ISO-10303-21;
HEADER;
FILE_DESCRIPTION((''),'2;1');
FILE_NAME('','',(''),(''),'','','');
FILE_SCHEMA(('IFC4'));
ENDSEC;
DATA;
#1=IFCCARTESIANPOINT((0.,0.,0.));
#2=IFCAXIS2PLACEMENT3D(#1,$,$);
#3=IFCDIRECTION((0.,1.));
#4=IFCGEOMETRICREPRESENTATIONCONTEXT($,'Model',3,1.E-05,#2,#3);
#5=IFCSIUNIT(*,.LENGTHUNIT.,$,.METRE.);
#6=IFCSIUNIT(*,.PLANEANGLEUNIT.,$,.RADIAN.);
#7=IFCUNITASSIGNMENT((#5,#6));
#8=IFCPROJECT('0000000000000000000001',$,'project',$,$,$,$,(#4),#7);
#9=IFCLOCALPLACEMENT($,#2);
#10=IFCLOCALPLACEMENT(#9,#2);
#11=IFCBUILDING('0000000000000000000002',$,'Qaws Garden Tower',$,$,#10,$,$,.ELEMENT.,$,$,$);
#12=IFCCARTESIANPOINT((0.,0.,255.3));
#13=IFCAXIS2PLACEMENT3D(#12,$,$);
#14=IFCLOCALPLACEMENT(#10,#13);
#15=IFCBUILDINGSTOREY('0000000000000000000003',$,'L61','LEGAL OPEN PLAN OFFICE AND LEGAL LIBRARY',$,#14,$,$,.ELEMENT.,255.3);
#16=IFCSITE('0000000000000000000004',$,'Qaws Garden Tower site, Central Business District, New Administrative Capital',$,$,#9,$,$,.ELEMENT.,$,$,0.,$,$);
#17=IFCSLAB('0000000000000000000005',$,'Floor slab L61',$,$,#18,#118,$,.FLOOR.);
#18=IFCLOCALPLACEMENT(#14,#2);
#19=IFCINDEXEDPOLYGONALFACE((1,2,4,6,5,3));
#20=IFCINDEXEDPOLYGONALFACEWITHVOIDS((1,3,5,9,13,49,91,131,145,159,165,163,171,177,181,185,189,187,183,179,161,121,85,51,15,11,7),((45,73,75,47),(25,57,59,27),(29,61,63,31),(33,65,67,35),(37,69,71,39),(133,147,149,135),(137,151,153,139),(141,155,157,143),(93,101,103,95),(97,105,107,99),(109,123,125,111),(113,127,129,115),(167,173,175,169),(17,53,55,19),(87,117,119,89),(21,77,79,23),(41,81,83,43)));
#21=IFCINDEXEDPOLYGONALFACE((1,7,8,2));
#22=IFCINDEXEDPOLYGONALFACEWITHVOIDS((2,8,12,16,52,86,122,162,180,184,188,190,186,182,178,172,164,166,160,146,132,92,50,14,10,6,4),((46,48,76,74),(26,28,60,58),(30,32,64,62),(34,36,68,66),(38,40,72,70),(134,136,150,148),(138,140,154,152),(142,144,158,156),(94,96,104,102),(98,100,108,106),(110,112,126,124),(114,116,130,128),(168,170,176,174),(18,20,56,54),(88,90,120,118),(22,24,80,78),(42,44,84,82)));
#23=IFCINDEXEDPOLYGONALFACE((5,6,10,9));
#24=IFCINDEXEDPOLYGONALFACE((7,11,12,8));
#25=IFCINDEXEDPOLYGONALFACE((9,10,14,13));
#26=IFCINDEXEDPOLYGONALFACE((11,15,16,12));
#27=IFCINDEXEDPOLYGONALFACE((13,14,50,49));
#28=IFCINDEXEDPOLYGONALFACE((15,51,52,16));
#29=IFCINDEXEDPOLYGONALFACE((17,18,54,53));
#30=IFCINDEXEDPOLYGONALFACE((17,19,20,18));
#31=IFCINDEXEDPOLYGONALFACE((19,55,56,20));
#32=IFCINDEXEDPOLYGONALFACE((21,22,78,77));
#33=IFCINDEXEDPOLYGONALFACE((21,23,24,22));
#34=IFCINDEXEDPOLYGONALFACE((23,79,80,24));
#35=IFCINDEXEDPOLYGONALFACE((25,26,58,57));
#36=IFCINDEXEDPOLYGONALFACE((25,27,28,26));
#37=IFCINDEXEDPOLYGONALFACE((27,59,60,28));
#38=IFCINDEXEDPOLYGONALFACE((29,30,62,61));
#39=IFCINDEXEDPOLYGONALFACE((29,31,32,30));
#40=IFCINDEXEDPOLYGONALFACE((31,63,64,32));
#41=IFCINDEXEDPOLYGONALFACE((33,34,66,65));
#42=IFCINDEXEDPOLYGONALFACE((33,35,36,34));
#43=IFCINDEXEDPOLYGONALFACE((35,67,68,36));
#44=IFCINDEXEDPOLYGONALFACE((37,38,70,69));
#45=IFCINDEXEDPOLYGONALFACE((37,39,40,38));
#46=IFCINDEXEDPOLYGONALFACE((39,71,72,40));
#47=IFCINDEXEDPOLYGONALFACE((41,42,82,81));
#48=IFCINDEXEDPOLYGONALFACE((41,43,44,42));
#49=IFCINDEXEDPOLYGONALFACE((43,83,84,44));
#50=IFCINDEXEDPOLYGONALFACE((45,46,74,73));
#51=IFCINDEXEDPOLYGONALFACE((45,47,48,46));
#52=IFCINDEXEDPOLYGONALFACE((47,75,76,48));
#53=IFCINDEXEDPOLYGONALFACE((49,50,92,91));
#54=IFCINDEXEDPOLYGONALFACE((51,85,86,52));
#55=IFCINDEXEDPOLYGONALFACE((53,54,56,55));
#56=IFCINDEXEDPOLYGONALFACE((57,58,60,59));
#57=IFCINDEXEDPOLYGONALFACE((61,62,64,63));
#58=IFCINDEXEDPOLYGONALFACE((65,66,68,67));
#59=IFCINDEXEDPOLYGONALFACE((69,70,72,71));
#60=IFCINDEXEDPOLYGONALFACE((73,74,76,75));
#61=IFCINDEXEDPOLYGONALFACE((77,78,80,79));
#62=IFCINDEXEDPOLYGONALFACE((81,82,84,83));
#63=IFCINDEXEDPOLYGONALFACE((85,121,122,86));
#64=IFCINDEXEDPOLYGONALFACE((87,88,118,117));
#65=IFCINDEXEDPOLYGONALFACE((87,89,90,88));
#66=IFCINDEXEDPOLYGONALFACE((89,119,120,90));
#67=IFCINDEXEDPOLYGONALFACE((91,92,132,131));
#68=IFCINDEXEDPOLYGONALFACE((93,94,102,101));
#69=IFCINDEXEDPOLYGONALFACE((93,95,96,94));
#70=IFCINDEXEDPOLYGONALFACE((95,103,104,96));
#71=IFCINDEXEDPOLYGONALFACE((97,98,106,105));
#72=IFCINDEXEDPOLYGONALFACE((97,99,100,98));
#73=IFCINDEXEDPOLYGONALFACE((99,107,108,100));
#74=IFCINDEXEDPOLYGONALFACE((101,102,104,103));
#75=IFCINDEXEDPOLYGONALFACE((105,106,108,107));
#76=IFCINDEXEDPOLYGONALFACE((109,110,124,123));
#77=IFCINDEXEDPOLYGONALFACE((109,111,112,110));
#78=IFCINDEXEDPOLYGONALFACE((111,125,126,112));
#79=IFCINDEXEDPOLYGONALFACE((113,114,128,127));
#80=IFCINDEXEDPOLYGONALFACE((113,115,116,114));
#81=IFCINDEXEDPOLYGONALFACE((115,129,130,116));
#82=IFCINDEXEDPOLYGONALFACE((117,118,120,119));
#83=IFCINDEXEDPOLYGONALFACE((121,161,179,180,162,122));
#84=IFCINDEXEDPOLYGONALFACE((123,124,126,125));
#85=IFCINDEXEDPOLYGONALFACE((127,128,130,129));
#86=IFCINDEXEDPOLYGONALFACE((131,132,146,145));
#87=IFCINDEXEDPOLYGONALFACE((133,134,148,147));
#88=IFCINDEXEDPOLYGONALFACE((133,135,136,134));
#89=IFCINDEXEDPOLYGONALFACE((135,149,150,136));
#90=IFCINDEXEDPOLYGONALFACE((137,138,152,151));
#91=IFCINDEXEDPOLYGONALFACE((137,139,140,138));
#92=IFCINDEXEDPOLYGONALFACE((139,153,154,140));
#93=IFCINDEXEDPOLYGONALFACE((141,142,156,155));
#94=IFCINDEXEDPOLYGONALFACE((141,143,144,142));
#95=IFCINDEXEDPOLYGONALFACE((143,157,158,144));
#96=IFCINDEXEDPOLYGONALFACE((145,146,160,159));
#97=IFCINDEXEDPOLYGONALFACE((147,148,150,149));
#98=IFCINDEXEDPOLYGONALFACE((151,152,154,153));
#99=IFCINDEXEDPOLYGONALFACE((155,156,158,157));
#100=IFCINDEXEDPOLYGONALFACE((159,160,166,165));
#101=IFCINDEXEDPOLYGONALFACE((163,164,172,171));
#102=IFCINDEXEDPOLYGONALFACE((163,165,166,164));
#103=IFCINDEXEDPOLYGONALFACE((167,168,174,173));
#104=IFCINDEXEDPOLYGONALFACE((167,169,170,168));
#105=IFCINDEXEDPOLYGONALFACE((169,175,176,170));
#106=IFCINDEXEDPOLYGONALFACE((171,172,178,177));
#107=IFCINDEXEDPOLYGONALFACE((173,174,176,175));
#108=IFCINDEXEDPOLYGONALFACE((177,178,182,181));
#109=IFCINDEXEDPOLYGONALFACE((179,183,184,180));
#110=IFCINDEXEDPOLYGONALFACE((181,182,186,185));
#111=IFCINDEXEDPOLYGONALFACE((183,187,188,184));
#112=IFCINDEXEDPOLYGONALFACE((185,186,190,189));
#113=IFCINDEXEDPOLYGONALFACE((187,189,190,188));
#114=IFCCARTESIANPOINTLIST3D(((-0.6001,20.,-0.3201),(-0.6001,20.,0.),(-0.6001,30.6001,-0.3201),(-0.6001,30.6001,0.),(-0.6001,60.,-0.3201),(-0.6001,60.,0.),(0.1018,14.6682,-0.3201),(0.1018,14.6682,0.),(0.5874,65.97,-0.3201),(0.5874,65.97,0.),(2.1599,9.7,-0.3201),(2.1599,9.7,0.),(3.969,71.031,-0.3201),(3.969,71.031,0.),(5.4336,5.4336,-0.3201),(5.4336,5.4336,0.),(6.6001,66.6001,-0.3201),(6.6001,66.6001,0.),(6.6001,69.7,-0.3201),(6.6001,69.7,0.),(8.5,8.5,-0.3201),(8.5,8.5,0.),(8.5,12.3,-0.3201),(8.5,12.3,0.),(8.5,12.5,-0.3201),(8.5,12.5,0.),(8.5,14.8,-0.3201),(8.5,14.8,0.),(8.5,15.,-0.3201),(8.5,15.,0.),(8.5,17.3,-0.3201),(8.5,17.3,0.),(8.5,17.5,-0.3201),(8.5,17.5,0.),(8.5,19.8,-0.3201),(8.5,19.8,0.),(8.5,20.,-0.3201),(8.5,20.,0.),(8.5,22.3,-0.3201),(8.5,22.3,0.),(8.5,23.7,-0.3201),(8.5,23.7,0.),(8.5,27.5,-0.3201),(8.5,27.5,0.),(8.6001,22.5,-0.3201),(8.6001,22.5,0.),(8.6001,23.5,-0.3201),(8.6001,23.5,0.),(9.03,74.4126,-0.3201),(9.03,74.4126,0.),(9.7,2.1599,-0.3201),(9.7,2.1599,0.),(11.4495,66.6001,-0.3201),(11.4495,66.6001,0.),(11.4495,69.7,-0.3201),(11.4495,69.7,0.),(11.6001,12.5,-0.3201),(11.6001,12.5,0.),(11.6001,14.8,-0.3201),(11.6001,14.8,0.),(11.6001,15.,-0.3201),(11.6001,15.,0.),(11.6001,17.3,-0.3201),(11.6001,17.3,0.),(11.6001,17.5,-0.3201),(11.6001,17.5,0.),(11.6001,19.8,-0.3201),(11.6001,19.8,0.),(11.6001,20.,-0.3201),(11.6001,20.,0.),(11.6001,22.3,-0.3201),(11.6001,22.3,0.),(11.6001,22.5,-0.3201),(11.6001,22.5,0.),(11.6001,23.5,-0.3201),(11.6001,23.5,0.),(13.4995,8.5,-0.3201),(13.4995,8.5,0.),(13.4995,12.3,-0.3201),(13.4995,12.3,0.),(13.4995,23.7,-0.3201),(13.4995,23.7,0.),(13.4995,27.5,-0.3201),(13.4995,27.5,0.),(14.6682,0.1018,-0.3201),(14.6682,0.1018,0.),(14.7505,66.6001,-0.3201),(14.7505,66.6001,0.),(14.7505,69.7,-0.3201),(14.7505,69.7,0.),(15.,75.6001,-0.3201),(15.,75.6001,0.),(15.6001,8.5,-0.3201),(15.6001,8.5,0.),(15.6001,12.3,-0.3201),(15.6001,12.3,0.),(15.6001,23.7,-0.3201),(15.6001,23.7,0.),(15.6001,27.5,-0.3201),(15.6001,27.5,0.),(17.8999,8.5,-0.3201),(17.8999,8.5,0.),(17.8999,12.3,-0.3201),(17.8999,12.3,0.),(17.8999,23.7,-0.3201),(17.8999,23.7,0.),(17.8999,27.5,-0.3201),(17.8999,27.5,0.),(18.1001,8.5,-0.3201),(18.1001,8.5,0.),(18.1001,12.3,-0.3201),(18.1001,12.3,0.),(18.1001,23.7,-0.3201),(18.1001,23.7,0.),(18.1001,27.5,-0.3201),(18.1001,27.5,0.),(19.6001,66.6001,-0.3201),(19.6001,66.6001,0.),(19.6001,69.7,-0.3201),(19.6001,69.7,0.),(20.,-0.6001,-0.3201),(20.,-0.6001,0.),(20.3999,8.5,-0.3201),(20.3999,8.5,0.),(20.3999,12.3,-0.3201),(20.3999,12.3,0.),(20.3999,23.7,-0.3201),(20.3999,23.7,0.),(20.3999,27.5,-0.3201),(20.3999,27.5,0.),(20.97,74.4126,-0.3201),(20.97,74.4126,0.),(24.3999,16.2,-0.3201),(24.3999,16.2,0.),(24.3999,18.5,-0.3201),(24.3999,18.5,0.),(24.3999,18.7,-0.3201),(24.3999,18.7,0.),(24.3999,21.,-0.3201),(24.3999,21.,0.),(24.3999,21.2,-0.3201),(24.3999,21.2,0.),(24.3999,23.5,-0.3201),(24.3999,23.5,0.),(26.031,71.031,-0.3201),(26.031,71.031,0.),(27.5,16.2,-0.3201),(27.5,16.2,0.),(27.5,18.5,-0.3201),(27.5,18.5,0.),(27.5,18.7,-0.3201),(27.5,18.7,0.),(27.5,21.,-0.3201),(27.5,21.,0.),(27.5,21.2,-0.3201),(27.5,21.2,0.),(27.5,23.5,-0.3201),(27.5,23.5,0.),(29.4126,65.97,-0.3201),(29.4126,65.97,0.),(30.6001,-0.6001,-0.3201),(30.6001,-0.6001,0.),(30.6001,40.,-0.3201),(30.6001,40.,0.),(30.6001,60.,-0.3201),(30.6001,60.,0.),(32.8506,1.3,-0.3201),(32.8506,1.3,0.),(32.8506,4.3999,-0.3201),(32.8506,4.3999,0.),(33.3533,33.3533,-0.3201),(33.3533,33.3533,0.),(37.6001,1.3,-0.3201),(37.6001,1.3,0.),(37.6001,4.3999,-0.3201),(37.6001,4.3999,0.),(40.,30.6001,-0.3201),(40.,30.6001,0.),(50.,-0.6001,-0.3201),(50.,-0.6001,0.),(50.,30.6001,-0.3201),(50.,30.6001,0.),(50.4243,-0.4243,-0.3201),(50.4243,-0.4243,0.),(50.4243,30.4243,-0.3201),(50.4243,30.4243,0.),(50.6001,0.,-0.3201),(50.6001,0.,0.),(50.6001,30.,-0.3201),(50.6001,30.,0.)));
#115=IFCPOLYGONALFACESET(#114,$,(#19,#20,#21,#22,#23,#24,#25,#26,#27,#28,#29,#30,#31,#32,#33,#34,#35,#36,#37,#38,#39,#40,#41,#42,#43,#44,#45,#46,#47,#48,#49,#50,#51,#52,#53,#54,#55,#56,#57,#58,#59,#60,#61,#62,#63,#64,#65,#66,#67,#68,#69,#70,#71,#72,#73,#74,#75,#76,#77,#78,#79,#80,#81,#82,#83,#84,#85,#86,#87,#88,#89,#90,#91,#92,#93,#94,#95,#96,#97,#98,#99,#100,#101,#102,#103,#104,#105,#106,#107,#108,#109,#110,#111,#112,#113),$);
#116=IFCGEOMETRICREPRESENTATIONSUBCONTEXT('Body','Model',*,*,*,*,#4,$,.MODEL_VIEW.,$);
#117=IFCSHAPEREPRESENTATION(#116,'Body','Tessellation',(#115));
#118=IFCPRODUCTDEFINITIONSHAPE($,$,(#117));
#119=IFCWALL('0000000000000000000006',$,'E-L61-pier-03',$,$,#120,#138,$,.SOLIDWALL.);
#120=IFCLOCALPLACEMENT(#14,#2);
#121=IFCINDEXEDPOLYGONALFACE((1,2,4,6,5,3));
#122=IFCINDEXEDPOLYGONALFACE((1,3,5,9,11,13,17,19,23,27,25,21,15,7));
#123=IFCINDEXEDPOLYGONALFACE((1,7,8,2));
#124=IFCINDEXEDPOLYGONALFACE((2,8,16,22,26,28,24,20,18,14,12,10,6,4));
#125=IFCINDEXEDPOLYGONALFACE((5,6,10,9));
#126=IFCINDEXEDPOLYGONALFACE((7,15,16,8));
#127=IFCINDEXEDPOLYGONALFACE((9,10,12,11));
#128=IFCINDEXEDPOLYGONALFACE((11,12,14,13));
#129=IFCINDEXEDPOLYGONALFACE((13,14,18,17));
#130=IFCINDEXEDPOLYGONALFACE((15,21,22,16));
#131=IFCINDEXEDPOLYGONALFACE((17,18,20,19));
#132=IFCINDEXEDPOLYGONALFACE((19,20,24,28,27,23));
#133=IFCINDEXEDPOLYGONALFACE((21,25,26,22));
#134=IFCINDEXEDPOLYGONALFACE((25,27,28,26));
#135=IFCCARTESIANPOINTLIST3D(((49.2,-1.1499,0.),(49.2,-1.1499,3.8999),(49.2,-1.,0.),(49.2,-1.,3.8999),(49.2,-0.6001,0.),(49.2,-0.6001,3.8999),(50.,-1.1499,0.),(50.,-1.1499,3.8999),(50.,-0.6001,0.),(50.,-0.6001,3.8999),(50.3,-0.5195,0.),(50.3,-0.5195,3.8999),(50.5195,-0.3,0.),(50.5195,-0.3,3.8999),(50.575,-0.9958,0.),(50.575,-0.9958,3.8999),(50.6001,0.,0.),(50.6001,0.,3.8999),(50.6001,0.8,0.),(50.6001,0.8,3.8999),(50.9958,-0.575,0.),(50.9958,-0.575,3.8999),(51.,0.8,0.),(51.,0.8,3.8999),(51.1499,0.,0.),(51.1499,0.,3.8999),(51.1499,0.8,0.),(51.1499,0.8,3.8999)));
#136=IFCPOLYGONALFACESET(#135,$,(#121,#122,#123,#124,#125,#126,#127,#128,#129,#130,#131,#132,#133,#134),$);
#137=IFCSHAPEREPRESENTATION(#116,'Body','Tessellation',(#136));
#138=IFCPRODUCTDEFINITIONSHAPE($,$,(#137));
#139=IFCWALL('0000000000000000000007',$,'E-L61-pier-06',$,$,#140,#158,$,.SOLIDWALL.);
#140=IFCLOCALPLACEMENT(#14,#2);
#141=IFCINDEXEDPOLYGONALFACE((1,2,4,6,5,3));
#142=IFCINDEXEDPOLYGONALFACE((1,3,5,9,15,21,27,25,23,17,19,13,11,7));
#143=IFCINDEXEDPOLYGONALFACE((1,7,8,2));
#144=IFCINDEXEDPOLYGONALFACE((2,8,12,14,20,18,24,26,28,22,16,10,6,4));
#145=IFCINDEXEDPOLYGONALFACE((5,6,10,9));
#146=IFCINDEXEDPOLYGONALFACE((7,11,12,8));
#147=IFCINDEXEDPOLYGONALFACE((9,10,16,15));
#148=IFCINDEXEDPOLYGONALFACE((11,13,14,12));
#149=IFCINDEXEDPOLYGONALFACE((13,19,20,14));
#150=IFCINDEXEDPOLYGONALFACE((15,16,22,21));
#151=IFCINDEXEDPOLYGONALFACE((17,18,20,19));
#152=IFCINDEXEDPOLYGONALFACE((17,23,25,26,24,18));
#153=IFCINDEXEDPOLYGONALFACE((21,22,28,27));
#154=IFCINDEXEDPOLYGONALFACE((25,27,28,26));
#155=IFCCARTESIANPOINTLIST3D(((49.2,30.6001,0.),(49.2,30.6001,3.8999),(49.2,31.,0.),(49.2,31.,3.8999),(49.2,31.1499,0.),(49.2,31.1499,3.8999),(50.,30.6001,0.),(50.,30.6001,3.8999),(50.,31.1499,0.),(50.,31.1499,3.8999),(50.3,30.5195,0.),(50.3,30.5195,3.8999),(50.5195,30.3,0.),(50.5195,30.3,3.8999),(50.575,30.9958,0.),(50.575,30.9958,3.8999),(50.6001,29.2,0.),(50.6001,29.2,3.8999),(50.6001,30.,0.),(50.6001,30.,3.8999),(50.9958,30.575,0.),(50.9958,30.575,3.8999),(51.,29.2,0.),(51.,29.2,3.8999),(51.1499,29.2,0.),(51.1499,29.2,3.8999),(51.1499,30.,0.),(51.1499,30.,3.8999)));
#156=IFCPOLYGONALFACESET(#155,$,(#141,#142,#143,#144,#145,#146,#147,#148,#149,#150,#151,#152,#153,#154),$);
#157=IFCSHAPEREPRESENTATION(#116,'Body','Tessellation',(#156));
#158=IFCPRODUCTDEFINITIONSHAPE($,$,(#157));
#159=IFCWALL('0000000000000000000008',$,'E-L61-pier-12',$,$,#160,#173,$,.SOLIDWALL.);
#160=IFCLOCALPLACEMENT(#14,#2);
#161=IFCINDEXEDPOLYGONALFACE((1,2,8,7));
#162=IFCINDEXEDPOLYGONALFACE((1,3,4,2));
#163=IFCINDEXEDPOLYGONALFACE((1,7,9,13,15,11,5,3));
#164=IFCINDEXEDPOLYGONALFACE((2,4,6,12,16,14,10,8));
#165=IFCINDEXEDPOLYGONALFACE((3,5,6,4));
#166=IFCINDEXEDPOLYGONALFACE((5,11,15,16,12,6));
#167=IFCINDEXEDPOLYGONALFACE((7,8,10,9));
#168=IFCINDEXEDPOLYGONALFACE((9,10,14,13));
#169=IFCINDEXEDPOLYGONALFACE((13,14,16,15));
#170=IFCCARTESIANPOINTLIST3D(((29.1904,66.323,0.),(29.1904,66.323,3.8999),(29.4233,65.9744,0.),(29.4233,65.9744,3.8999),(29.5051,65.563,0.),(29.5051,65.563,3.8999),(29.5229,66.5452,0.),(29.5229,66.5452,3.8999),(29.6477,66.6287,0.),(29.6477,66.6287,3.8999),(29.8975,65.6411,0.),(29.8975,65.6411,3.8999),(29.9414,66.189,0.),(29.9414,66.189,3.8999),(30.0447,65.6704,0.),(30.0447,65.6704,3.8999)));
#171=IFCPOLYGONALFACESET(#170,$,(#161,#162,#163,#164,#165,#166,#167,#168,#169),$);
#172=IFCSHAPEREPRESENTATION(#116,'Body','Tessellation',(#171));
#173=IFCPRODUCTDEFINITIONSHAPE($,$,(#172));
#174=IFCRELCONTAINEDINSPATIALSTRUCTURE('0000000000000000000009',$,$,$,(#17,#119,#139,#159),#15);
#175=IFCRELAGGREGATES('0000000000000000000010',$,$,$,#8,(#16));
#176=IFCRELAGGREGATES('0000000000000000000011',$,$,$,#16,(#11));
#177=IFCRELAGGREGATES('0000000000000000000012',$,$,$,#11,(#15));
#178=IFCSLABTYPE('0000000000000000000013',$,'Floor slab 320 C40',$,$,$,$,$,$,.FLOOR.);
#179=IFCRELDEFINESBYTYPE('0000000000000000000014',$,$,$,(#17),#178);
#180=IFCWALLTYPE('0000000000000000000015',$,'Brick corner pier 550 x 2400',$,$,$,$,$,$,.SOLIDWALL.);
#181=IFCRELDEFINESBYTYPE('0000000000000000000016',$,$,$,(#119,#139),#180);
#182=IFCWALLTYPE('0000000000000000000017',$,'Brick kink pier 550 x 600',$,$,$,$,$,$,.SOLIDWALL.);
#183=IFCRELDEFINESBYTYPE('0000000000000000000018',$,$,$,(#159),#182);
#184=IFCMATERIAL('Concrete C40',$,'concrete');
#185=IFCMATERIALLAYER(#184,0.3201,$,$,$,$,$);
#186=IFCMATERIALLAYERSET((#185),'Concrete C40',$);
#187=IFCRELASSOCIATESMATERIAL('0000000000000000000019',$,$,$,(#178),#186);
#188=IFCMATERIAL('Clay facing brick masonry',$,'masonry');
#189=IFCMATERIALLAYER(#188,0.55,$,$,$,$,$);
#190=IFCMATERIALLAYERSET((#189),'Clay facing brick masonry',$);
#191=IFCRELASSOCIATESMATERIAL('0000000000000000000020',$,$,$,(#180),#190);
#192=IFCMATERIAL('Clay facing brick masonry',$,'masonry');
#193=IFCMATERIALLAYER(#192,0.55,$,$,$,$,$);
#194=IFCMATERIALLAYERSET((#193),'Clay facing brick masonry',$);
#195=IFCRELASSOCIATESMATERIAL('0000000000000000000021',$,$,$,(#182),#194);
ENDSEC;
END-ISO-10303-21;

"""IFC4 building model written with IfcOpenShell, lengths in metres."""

from ifc_helpers import new_model, si_unit, direction, frame, origin, place, context, subcontext, project, spatial, polyline, outline, extrude, material, layer, layer_set, type_object, element, save


model = new_model("IFC4")

# Units and contexts
model_context = context("Model", 3, precision=1e-05, world=origin(), true_north=direction((0.0, 1.0)))
body_context = subcontext(model_context, "Body", "Model", "MODEL_VIEW")
ifc_project = project(units=[si_unit("LENGTHUNIT", "METRE"), si_unit("PLANEANGLEUNIT", "RADIAN")], contexts=[model_context])

# Site, building, storey
site_placement = place(None, origin())
site = spatial("IfcSite", under=ifc_project, at=site_placement, Name="Qaws Garden Tower site, Central Business District, New Administrative Capital", CompositionType="ELEMENT", RefElevation=0.0)
building_placement = place(site_placement, origin())
building = spatial("IfcBuilding", under=site, at=building_placement, Name="Qaws Garden Tower", CompositionType="ELEMENT")
storey_placement = place(building_placement, frame((0.0, 0.0, 255.3)))
storey = spatial("IfcBuildingStorey", under=building, at=storey_placement, Name="L61", Description="LEGAL OPEN PLAN OFFICE AND LEGAL LIBRARY", CompositionType="ELEMENT", Elevation=255.3)

# Slab
ifc_material_1 = material(Name="Concrete C40", Category="concrete")
ifc_layer_1 = layer(ifc_material_1, 0.3201)
ifc_layer_set_1 = layer_set([ifc_layer_1], Name="Concrete C40")
slab_type = type_object("IfcSlabType", Name="Floor slab 320 C40", PredefinedType="FLOOR", material=ifc_layer_set_1)
slab_placement = place(storey_placement, frame((0.0, 0.0, -0.3201)))
element("IfcSlab", 1, at=slab_placement, inside=storey, type_object=slab_type, Name="Floor slab L61", PredefinedType="FLOOR", context=body_context, shape_type="SweptSolid", body=[
    extrude(outline(polyline([(0.1018, 14.6682), (-0.6001, 20.0), (-0.6001, 30.6001), (-0.6001, 60.0), (-0.6001, 60.0), (0.5874, 65.97), (3.969, 71.031), (9.03, 74.4126), (15.0, 75.6001), (20.97, 74.4126), (26.031, 71.031), (29.4126, 65.97), (30.6001, 60.0), (30.6001, 40.0), (33.3533, 33.3533), (40.0, 30.6001), (50.0, 30.6001), (50.4243, 30.4243), (50.6001, 30.0), (50.6001, 0.0), (50.4243, -0.4243), (50.0, -0.6001), (30.6001, -0.6001), (20.0, -0.6001), (14.6682, 0.1018), (9.7, 2.1599), (5.4336, 5.4336), (2.1599, 9.7), (0.1018, 14.6682)]), holes=[polyline([(13.4995, 12.3), (8.5, 12.3), (8.5, 8.5), (13.4995, 8.5), (13.4995, 12.3)]), polyline([(17.8999, 12.3), (15.6001, 12.3), (15.6001, 8.5), (17.8999, 8.5), (17.8999, 12.3)]), polyline([(11.6001, 14.8), (8.5, 14.8), (8.5, 12.5), (11.6001, 12.5), (11.6001, 14.8)]), polyline([(11.6001, 17.3), (8.5, 17.3), (8.5, 15.0), (11.6001, 15.0), (11.6001, 17.3)]), polyline([(11.6001, 19.8), (8.5, 19.8), (8.5, 17.5), (11.6001, 17.5), (11.6001, 19.8)]), polyline([(11.6001, 22.3), (8.5, 22.3), (8.5, 20.0), (11.6001, 20.0), (11.6001, 22.3)]), polyline([(11.6001, 23.5), (8.6001, 23.5), (8.6001, 22.5), (11.6001, 22.5), (11.6001, 23.5)]), polyline([(13.4995, 27.5), (8.5, 27.5), (8.5, 23.7), (13.4995, 23.7), (13.4995, 27.5)]), polyline([(11.4495, 69.7), (6.6001, 69.7), (6.6001, 66.6001), (11.4495, 66.6001), (11.4495, 69.7)]), polyline([(37.6001, 4.3999), (32.8506, 4.3999), (32.8506, 1.3), (37.6001, 1.3), (37.6001, 4.3999)]), polyline([(20.3999, 12.3), (18.1001, 12.3), (18.1001, 8.5), (20.3999, 8.5), (20.3999, 12.3)]), polyline([(27.5, 18.5), (24.3999, 18.5), (24.3999, 16.2), (27.5, 16.2), (27.5, 18.5)]), polyline([(27.5, 21.0), (24.3999, 21.0), (24.3999, 18.7), (27.5, 18.7), (27.5, 21.0)]), polyline([(27.5, 23.5), (24.3999, 23.5), (24.3999, 21.2), (27.5, 21.2), (27.5, 23.5)]), polyline([(17.8999, 27.5), (15.6001, 27.5), (15.6001, 23.7), (17.8999, 23.7), (17.8999, 27.5)]), polyline([(20.3999, 23.7), (20.3999, 27.5), (18.1001, 27.5), (18.1001, 23.7), (20.3999, 23.7)]), polyline([(19.6001, 66.6001), (19.6001, 69.7), (14.7505, 69.7), (14.7505, 66.6001), (19.6001, 66.6001)])]), origin(), (0.0, 0.0, 1.0), 0.3201),
])

# Walls
ifc_material_2 = material(Name="Clay facing brick masonry", Category="masonry")
ifc_layer_2 = layer(ifc_material_2, 0.55)
ifc_layer_set_2 = layer_set([ifc_layer_2], Name="Clay facing brick masonry")
wall_type_1 = type_object("IfcWallType", Name="Brick corner pier 550 x 2400", PredefinedType="SOLIDWALL", material=ifc_layer_set_2)
placement = place(storey_placement, origin())
element("IfcWall", 2, at=placement, inside=storey, type_object=wall_type_1, Name="E-L61-pier-03", PredefinedType="SOLIDWALL", context=body_context, shape_type="SweptSolid", body=[
    extrude(outline(polyline([(49.2, -1.0), (49.2, -1.1499), (50.0, -1.1499), (50.575, -0.9958), (50.9958, -0.575), (51.1499, 0.0), (51.1499, 0.8), (51.0, 0.8), (50.6001, 0.8), (50.6001, 0.0), (50.5195, -0.3), (50.3, -0.5195), (50.0, -0.6001), (49.2, -0.6001), (49.2, -1.0)])), origin(), (0.0, 0.0, 1.0), 3.8999),
])
element("IfcWall", 3, at=placement, inside=storey, type_object=wall_type_1, Name="E-L61-pier-06", PredefinedType="SOLIDWALL", context=body_context, shape_type="SweptSolid", body=[
    extrude(outline(polyline([(51.0, 29.2), (51.1499, 29.2), (51.1499, 30.0), (50.9958, 30.575), (50.575, 30.9958), (50.0, 31.1499), (49.2, 31.1499), (49.2, 31.0), (49.2, 30.6001), (50.0, 30.6001), (50.3, 30.5195), (50.5195, 30.3), (50.6001, 30.0), (50.6001, 29.2), (51.0, 29.2)])), origin(), (0.0, 0.0, 1.0), 3.8999),
])
ifc_material_3 = material(Name="Clay facing brick masonry", Category="masonry")
ifc_layer_3 = layer(ifc_material_3, 0.55)
ifc_layer_set_3 = layer_set([ifc_layer_3], Name="Clay facing brick masonry")
wall_type_2 = type_object("IfcWallType", Name="Brick kink pier 550 x 600", PredefinedType="SOLIDWALL", material=ifc_layer_set_3)
element("IfcWall", 4, at=placement, inside=storey, type_object=wall_type_2, Name="E-L61-pier-12", PredefinedType="SOLIDWALL", context=body_context, shape_type="SweptSolid", body=[
    extrude(outline(polyline([(29.8975, 65.6411), (30.0447, 65.6704), (29.9414, 66.189), (29.6477, 66.6287), (29.5229, 66.5452), (29.1904, 66.323), (29.4233, 65.9744), (29.5051, 65.563), (29.8975, 65.6411)])), origin(), (0.0, 0.0, 1.0), 3.8999),
])

save(model, "model.ifc")
